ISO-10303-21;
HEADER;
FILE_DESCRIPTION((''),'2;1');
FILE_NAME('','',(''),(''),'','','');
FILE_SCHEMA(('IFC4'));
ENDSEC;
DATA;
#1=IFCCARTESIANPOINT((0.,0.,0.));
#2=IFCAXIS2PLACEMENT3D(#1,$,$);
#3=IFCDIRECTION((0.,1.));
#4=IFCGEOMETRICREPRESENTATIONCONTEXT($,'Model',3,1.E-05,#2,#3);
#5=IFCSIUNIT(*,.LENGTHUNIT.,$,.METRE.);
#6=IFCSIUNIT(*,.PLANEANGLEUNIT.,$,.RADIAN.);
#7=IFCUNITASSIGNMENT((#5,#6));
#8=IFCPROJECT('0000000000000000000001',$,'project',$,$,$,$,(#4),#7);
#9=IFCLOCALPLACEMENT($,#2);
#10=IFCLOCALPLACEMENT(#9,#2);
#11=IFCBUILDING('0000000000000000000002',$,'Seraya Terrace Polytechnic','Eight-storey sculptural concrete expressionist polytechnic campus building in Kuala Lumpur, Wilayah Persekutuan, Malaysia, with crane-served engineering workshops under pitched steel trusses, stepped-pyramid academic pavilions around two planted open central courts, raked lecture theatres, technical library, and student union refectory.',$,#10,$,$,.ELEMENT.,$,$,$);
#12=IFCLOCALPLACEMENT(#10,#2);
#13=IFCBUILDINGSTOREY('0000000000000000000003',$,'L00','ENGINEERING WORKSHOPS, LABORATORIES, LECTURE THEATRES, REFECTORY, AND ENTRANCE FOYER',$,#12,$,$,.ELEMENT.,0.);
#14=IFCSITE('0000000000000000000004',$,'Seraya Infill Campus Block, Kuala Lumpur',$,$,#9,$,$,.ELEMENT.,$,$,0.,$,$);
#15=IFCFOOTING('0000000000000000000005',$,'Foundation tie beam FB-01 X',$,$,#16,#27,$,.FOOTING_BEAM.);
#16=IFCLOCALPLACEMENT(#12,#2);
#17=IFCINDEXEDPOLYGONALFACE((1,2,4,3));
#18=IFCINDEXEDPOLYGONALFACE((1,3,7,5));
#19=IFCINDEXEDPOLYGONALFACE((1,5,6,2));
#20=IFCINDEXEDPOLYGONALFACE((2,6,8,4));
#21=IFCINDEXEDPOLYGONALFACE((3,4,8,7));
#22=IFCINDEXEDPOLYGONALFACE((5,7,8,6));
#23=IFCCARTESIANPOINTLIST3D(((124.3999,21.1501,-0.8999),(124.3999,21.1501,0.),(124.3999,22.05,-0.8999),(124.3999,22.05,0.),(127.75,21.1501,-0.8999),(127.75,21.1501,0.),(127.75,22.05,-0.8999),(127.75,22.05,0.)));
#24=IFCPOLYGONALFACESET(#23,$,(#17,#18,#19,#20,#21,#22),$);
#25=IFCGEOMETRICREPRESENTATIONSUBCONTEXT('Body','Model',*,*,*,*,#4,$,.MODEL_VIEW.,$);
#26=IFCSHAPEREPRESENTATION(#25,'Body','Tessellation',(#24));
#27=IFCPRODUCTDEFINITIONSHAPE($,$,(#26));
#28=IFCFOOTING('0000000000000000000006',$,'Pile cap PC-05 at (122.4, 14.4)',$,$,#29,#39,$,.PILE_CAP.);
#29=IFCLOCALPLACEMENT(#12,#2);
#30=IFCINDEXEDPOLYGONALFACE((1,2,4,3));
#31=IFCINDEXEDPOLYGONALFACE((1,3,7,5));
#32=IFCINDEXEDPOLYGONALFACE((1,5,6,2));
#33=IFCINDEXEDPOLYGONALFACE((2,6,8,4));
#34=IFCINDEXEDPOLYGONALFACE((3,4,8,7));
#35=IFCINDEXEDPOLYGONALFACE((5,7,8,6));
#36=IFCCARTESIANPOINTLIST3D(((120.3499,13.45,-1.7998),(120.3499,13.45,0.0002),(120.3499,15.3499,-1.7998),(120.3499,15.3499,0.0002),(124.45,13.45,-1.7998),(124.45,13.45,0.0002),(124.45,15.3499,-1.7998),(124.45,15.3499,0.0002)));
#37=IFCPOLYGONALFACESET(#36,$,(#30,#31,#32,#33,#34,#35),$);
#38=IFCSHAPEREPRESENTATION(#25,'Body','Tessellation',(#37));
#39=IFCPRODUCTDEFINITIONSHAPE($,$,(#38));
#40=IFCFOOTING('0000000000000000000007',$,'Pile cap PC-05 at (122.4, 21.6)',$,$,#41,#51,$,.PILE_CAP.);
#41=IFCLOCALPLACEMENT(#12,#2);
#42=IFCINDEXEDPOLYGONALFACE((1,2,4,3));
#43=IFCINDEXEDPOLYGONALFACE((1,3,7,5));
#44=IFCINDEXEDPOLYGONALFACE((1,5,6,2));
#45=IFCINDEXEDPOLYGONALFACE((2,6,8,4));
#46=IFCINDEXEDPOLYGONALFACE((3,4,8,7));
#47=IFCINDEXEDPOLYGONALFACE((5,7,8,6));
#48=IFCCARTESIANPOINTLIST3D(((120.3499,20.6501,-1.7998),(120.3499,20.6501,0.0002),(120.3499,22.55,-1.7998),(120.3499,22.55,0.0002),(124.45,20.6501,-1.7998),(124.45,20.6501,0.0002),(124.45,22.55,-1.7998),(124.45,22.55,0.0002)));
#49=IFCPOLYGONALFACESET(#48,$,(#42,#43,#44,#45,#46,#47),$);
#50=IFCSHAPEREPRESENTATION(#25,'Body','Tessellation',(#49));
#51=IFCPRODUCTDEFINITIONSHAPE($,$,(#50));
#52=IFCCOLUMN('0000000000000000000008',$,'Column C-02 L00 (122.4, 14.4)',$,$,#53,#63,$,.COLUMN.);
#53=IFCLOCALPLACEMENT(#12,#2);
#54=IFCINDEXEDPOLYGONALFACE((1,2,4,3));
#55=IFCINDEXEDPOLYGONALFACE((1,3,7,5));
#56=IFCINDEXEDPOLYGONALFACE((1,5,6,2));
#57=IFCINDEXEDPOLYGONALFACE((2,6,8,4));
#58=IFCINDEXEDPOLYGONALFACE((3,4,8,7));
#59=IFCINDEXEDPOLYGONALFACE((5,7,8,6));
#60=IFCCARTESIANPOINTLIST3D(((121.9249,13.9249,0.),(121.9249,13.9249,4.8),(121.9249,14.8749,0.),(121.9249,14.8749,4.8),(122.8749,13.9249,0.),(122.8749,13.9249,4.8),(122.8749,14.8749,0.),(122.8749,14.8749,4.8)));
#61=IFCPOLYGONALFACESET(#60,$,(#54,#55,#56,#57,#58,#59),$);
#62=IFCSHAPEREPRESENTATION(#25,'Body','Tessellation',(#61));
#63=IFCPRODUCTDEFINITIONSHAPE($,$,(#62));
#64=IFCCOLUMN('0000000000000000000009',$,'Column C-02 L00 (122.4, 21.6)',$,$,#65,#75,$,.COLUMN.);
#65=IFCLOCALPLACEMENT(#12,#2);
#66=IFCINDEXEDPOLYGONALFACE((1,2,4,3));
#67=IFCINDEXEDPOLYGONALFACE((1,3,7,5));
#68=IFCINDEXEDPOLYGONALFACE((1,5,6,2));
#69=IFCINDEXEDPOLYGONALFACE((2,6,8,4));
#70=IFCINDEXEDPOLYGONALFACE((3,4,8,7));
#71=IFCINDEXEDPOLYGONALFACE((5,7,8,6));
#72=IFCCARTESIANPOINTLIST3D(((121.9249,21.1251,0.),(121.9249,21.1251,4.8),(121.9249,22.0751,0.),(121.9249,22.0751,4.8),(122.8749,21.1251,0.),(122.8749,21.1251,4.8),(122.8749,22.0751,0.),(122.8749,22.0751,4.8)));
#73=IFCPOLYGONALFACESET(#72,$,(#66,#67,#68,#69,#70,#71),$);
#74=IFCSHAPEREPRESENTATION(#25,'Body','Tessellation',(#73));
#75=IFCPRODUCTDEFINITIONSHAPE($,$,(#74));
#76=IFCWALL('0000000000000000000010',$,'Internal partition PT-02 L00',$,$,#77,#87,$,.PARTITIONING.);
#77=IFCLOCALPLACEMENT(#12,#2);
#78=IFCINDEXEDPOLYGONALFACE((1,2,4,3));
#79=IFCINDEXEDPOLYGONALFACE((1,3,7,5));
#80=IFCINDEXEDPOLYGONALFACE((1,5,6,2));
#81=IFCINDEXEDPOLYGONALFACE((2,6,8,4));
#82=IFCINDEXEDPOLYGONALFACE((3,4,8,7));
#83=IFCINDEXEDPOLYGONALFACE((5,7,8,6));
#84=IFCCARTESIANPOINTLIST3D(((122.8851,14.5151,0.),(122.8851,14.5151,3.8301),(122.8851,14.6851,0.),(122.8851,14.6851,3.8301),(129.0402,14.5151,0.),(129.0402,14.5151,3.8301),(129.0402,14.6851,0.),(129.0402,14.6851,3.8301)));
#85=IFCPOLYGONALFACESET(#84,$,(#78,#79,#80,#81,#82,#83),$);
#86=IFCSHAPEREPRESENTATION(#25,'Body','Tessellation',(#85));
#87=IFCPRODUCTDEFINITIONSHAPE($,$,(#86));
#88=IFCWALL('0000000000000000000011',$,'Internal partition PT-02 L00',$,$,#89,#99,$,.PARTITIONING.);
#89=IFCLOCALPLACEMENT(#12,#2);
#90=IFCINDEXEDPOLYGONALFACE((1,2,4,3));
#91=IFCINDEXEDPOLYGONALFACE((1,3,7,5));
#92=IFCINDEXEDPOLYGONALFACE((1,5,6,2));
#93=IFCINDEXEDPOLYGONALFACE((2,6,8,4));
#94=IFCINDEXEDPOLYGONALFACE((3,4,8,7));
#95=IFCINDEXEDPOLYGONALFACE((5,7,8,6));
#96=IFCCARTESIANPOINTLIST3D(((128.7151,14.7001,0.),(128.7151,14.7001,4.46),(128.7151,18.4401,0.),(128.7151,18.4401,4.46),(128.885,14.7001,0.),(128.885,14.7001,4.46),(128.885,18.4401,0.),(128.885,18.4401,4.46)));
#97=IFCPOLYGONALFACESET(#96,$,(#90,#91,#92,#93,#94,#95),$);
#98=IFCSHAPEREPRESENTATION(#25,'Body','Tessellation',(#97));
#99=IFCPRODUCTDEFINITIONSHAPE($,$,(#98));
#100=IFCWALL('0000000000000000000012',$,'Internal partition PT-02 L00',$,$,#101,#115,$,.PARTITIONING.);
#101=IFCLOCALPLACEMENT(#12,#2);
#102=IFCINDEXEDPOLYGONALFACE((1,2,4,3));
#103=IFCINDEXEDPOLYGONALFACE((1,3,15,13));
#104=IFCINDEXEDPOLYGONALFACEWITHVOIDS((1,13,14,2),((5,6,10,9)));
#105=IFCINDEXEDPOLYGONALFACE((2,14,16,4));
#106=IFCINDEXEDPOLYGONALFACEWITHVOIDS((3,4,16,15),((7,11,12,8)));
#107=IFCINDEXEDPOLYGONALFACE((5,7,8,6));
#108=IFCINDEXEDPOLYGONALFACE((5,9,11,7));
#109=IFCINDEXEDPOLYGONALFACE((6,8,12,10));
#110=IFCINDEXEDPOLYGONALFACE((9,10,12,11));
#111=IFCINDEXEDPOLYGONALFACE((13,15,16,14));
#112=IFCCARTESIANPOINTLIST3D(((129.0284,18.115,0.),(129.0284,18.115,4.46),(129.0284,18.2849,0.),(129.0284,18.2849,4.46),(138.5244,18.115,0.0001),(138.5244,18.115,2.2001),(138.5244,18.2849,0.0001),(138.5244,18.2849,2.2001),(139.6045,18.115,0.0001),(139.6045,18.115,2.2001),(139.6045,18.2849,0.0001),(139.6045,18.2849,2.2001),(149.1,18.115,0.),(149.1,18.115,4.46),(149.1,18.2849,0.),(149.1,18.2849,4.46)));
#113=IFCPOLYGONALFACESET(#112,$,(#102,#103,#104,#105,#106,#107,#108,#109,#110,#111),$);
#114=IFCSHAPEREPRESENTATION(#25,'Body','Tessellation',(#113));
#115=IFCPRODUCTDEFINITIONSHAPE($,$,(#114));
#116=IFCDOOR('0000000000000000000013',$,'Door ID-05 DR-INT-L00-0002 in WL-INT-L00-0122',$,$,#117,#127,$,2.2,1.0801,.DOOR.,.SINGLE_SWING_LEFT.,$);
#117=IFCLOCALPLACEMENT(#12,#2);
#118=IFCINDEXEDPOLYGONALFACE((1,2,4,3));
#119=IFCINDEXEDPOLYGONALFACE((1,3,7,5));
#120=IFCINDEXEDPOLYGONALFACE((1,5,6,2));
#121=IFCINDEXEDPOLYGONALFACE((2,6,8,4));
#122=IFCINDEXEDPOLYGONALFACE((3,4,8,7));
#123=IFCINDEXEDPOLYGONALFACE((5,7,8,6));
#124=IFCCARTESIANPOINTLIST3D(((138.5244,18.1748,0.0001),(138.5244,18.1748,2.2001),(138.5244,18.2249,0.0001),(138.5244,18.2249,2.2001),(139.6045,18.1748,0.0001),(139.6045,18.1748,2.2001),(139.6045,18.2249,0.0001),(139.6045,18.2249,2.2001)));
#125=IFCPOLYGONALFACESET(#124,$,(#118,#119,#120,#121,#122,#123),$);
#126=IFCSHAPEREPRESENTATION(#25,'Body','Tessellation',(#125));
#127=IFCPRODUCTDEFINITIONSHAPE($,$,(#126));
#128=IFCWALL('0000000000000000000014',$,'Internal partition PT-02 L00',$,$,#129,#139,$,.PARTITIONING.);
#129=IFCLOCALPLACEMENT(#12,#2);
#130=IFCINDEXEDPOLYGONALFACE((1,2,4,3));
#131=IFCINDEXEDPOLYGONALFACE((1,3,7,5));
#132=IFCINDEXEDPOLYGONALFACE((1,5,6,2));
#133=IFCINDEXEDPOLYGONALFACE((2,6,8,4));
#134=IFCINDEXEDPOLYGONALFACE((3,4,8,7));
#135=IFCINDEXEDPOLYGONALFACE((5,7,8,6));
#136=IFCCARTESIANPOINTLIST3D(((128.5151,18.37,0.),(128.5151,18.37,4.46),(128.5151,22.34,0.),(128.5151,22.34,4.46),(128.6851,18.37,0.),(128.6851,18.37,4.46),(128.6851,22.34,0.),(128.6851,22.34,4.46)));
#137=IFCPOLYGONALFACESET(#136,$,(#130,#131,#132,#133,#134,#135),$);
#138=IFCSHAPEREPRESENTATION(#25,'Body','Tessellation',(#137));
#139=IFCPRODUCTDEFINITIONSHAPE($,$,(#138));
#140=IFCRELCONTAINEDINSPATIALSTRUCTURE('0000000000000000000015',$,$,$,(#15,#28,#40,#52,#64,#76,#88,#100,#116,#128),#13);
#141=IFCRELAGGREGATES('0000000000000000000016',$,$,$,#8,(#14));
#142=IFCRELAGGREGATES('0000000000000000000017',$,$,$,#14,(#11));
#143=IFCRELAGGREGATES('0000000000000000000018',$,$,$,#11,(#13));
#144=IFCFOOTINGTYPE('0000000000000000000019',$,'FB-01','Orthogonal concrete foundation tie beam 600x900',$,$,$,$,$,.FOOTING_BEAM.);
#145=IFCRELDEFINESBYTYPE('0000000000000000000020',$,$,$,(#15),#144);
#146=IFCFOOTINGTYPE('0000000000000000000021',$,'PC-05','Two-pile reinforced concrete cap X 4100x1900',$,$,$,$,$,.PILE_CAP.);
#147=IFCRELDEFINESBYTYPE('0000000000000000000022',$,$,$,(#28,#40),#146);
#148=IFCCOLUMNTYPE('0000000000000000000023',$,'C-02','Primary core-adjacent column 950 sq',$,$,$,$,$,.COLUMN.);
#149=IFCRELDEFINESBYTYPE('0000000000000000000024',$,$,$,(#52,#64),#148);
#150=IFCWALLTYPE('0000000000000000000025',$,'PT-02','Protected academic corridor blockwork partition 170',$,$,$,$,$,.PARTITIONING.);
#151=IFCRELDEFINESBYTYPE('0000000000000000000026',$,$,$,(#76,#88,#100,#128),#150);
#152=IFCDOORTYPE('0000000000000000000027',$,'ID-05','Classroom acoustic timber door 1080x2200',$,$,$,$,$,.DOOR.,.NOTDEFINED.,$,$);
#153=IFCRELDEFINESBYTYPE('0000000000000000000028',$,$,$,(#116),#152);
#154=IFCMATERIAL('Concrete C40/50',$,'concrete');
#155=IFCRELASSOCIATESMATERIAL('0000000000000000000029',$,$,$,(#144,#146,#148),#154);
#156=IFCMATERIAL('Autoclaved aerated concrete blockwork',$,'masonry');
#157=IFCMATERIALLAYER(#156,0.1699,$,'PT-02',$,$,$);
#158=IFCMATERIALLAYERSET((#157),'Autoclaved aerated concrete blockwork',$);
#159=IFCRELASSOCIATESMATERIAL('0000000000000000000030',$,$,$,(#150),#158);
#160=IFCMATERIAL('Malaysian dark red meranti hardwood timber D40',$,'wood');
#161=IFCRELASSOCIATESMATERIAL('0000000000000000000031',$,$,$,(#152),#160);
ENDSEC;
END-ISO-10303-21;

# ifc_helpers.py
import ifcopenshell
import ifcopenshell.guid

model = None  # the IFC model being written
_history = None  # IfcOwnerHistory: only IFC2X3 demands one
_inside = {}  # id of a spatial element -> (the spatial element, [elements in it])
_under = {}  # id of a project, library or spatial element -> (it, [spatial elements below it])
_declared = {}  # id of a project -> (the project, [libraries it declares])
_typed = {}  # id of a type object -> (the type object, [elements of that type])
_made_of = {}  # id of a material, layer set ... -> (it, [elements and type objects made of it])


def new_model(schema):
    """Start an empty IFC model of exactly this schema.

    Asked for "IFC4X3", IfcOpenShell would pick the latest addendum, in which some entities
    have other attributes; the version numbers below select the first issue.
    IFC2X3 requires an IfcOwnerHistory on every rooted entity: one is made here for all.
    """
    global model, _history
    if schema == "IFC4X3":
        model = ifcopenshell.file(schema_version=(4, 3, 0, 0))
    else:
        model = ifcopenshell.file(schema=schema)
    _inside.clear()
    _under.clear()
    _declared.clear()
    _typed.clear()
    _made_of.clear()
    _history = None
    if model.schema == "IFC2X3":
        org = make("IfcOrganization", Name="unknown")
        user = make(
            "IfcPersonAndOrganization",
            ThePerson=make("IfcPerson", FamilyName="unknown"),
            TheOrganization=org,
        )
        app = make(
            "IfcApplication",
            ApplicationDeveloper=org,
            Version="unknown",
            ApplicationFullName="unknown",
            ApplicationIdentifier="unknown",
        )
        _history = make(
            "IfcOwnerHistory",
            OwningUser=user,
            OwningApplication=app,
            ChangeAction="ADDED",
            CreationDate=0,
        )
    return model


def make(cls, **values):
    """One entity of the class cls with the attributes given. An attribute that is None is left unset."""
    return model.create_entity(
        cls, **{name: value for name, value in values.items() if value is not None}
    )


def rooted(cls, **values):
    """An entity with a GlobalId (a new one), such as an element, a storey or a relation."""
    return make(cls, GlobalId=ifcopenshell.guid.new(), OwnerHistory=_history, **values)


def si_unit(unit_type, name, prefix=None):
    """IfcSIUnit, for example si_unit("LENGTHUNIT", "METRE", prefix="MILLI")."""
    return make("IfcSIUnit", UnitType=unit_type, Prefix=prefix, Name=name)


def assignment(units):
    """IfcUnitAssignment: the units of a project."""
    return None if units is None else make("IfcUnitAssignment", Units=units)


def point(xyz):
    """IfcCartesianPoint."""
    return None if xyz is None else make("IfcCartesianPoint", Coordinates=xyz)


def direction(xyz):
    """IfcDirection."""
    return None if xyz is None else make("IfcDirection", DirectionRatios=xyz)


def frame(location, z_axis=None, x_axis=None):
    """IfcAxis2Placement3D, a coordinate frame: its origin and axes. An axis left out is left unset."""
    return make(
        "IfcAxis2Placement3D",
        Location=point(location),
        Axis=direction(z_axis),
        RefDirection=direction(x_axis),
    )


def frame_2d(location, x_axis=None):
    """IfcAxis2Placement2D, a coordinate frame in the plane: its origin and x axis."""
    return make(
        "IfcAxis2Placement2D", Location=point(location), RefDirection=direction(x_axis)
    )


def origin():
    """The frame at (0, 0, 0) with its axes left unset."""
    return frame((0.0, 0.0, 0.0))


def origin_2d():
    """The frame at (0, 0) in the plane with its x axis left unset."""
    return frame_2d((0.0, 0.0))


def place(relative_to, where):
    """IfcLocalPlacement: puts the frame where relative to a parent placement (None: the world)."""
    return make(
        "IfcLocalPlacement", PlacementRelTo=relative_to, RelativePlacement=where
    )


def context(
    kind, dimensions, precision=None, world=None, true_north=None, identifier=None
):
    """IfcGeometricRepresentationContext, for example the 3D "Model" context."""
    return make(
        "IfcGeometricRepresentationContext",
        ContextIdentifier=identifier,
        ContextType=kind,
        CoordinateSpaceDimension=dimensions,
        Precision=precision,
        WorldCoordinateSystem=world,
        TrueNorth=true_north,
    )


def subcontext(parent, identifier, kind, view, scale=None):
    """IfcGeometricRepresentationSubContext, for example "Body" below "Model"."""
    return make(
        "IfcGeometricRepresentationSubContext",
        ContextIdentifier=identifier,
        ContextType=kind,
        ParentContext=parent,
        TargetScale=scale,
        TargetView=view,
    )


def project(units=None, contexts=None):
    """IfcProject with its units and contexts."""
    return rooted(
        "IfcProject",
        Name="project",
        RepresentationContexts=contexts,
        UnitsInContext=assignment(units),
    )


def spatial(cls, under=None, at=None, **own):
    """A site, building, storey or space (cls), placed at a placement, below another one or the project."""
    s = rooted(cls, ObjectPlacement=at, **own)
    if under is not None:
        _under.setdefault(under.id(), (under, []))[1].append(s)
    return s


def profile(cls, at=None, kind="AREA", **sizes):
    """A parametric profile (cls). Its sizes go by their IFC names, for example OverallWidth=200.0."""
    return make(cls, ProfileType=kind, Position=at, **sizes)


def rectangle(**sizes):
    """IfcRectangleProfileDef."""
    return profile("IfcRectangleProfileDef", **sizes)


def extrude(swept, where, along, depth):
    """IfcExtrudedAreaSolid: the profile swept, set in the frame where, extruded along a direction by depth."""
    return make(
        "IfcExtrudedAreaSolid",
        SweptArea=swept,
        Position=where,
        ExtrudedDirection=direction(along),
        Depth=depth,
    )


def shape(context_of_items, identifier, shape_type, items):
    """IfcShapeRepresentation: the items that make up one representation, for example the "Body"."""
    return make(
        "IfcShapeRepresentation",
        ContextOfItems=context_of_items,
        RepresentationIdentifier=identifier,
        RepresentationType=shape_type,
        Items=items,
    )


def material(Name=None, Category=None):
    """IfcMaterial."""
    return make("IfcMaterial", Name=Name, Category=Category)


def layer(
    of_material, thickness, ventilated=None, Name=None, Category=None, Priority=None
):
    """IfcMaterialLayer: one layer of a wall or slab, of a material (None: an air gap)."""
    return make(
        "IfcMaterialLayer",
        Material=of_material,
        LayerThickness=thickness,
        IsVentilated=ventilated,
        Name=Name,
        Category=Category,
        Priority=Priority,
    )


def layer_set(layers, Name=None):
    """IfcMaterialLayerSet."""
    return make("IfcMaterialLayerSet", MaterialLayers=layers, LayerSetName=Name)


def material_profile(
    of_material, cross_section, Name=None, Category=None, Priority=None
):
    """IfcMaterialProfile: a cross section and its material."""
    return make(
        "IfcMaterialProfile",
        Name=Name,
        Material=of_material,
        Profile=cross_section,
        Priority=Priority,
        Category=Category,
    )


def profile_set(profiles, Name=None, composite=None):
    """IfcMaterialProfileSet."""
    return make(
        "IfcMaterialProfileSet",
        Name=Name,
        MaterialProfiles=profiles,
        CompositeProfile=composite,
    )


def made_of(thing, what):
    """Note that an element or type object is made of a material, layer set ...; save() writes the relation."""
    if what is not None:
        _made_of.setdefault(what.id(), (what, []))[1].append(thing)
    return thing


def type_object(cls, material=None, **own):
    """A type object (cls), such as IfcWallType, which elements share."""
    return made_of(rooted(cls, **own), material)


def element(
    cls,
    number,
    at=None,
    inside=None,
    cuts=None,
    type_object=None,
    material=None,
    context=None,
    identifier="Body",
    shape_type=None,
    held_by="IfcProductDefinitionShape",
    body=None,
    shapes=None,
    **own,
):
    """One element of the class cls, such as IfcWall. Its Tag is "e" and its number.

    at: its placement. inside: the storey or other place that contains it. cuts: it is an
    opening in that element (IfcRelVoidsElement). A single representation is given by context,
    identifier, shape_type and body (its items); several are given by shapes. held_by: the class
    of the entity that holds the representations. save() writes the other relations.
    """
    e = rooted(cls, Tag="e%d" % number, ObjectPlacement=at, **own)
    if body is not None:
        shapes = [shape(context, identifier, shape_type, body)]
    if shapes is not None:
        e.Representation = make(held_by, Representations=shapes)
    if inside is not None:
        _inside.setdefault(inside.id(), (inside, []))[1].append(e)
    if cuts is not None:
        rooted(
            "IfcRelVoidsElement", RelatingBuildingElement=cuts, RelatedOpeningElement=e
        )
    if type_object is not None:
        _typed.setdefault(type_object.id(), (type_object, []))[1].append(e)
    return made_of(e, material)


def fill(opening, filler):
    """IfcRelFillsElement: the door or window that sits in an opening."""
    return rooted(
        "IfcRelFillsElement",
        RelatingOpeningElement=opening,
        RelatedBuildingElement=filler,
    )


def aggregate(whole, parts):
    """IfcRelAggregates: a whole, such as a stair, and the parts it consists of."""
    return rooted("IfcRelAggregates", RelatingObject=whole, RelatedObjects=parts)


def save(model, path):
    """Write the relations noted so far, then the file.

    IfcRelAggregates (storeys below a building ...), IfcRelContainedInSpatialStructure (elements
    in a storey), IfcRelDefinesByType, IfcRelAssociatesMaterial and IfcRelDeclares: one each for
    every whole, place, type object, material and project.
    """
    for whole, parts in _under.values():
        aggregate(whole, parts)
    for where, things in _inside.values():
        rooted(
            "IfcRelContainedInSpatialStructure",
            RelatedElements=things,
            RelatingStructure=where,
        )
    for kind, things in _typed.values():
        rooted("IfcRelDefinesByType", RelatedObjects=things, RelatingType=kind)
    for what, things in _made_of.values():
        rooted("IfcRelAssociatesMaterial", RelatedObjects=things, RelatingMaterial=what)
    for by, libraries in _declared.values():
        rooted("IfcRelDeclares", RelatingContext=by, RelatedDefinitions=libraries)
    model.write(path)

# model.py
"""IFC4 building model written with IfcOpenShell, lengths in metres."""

from ifc_helpers import new_model, si_unit, direction, frame, frame_2d, origin, origin_2d, place, context, subcontext, project, spatial, rectangle, extrude, material, layer, layer_set, material_profile, profile_set, type_object, element, fill, save


model = new_model("IFC4")

# Units and contexts
model_context = context("Model", 3, precision=1e-05, world=origin(), true_north=direction((0.0, 1.0)))
body_context = subcontext(model_context, "Body", "Model", "MODEL_VIEW")
ifc_project = project(units=[si_unit("LENGTHUNIT", "METRE"), si_unit("PLANEANGLEUNIT", "RADIAN")], contexts=[model_context])

# Site, building, storey
site_placement = place(None, origin())
site = spatial("IfcSite", under=ifc_project, at=site_placement, Name="Seraya Infill Campus Block, Kuala Lumpur", CompositionType="ELEMENT", RefElevation=0.0)
building_placement = place(site_placement, origin())
building = spatial("IfcBuilding", under=site, at=building_placement, Name="Seraya Terrace Polytechnic", Description="Eight-storey sculptural concrete expressionist polytechnic campus building in Kuala Lumpur, Wilayah Persekutuan, Malaysia, with crane-served engineering workshops under pitched steel trusses, stepped-pyramid academic pavilions around two planted open central courts, raked lecture theatres, technical library, and student union refectory.", CompositionType="ELEMENT")
storey_placement = place(building_placement, origin())
storey = spatial("IfcBuildingStorey", under=building, at=storey_placement, Name="L00", Description="ENGINEERING WORKSHOPS, LABORATORIES, LECTURE THEATRES, REFECTORY, AND ENTRANCE FOYER", CompositionType="ELEMENT", Elevation=0.0)

# Shared definitions
ifc_material_1 = material(Name="Concrete C40/50", Category="concrete")

# Footings
footing_type_1 = type_object("IfcFootingType", Name="FB-01", Description="Orthogonal concrete foundation tie beam 600x900", PredefinedType="FOOTING_BEAM", material=ifc_material_1)
footing_1_placement = place(storey_placement, frame((126.075, 21.6001, -0.8999), z_axis=(0.0, 0.0, 1.0), x_axis=(1.0, 0.0, 0.0)))
element("IfcFooting", 1, at=footing_1_placement, inside=storey, type_object=footing_type_1, Name="Foundation tie beam FB-01 X", PredefinedType="FOOTING_BEAM", context=body_context, shape_type="SweptSolid", body=[
    extrude(rectangle(XDim=3.3501, YDim=0.8999, at=origin_2d()), origin(), (0.0, 0.0, 1.0), 0.8999),
])
footing_type_2 = type_object("IfcFootingType", Name="PC-05", Description="Two-pile reinforced concrete cap X 4100x1900", PredefinedType="PILE_CAP", material=ifc_material_1)
for number, where, z_axis, x_axis, name in (
    (2, (122.3999, 14.3999, -1.7998), (0.0, 0.0, 1.0), (1.0, 0.0, 0.0), "Pile cap PC-05 at (122.4, 14.4)"),
    (3, (122.3999, 21.6001, -1.7998), (0.0, 0.0, 1.0), (1.0, 0.0, 0.0), "Pile cap PC-05 at (122.4, 21.6)"),
):
    element("IfcFooting", number, at=place(storey_placement, frame(where, z_axis=z_axis, x_axis=x_axis)), inside=storey, type_object=footing_type_2, Name=name, PredefinedType="PILE_CAP", context=body_context, shape_type="SweptSolid", body=[
        extrude(rectangle(XDim=4.1001, YDim=1.8999, at=origin_2d()), origin(), (0.0, 0.0, 1.0), 1.8),
    ])

# Columns
ifc_material_profile_1 = material_profile(ifc_material_1, rectangle(XDim=0.95, YDim=0.95, at=origin_2d()), Name="RC 950x950")
ifc_profile_set_1 = profile_set([ifc_material_profile_1], Name="Concrete C40/50")
column_type = type_object("IfcColumnType", Name="C-02", Description="Primary core-adjacent column 950 sq", PredefinedType="COLUMN", material=ifc_profile_set_1)
for number, where, z_axis, x_axis, name in (
    (4, (122.3999, 14.3999, 0.0), (0.0, 0.0, 1.0), (1.0, 0.0, 0.0), "Column C-02 L00 (122.4, 14.4)"),
    (5, (122.3999, 21.6001, 0.0), (0.0, 0.0, 1.0), (1.0, 0.0, 0.0), "Column C-02 L00 (122.4, 21.6)"),
):
    element("IfcColumn", number, at=place(storey_placement, frame(where, z_axis=z_axis, x_axis=x_axis)), inside=storey, type_object=column_type, Name=name, PredefinedType="COLUMN", context=body_context, shape_type="SweptSolid", body=[
        extrude(rectangle(XDim=0.95, YDim=0.95, at=origin_2d()), origin(), (0.0, 0.0, 1.0), 4.8),
    ])

# Walls
ifc_material_2 = material(Name="Autoclaved aerated concrete blockwork", Category="masonry")
ifc_layer = layer(ifc_material_2, 0.1699, Name="PT-02")
ifc_layer_set = layer_set([ifc_layer], Name="Autoclaved aerated concrete blockwork")
wall_type = type_object("IfcWallType", Name="PT-02", Description="Protected academic corridor blockwork partition 170", PredefinedType="PARTITIONING", material=ifc_layer_set)
wall_1_placement = place(storey_placement, frame((122.885, 14.6001, 0.0), z_axis=(0.0, 0.0, 1.0), x_axis=(1.0, 0.0, 0.0)))
element("IfcWall", 6, at=wall_1_placement, inside=storey, type_object=wall_type, Name="Internal partition PT-02 L00", PredefinedType="PARTITIONING", context=body_context, shape_type="SweptSolid", body=[
    extrude(rectangle(XDim=6.155, YDim=0.1699, at=frame_2d((3.0776, 0.0))), origin(), (0.0, 0.0, 1.0), 3.8301),
])
wall_2_placement = place(storey_placement, frame((128.8, 14.7, 0.0), z_axis=(0.0, 0.0, 1.0), x_axis=(0.0, 1.0, 0.0)))
element("IfcWall", 7, at=wall_2_placement, inside=storey, type_object=wall_type, Name="Internal partition PT-02 L00", PredefinedType="PARTITIONING", context=body_context, shape_type="SweptSolid", body=[
    extrude(rectangle(XDim=3.74, YDim=0.1699, at=frame_2d((1.8701, 0.0))), origin(), (0.0, 0.0, 1.0), 4.46),
])

# Wall, opening, door
wall_3_placement = place(storey_placement, frame((129.0286, 18.2, 0.0), z_axis=(0.0, 0.0, 1.0), x_axis=(1.0, 0.0, 0.0)))
wall_3 = element("IfcWall", 8, at=wall_3_placement, inside=storey, type_object=wall_type, Name="Internal partition PT-02 L00", PredefinedType="PARTITIONING", context=body_context, shape_type="SweptSolid", body=[
    extrude(rectangle(XDim=20.0715, YDim=0.1699, at=frame_2d((10.0356, 0.0))), origin(), (0.0, 0.0, 1.0), 4.46),
])
opening_placement = place(wall_3_placement, frame((9.4958, 0.0, 0.0)))
opening = element("IfcOpeningElement", 9, at=opening_placement, cuts=wall_3, PredefinedType="OPENING", context=body_context, shape_type="SweptSolid", body=[
    extrude(rectangle(XDim=1.0801, YDim=2.2, at=frame_2d((0.54, 1.1001))), frame((0.0, 0.0969, 0.0), z_axis=(0.0, -1.0, 0.0), x_axis=(1.0, 0.0, 0.0)), (0.0, 0.0, 1.0), 0.1938),
])
ifc_material_3 = material(Name="Malaysian dark red meranti hardwood timber D40", Category="wood")
door_type = type_object("IfcDoorType", Name="ID-05", Description="Classroom acoustic timber door 1080x2200", OperationType="NOTDEFINED", PredefinedType="DOOR", material=ifc_material_3)
door_placement = place(opening_placement, origin())
door = element("IfcDoor", 10, at=door_placement, inside=storey, type_object=door_type, Name="Door ID-05 DR-INT-L00-0002 in WL-INT-L00-0122", OperationType="SINGLE_SWING_LEFT", OverallHeight=2.2, OverallWidth=1.0801, PredefinedType="DOOR", context=body_context, shape_type="SweptSolid", body=[
    extrude(rectangle(XDim=1.0801, YDim=2.2, at=frame_2d((0.54, 1.1001))), frame((0.0, 0.0249, 0.0), z_axis=(0.0, -1.0, 0.0), x_axis=(1.0, 0.0, 0.0)), (0.0, 0.0, 1.0), 0.05),
])
fill(opening, door)

# Wall
wall_4_placement = place(storey_placement, frame((128.6001, 18.3701, 0.0), z_axis=(0.0, 0.0, 1.0), x_axis=(0.0, 1.0, 0.0)))
element("IfcWall", 11, at=wall_4_placement, inside=storey, type_object=wall_type, Name="Internal partition PT-02 L00", PredefinedType="PARTITIONING", context=body_context, shape_type="SweptSolid", body=[
    extrude(rectangle(XDim=3.97, YDim=0.1699, at=frame_2d((1.9849, 0.0))), origin(), (0.0, 0.0, 1.0), 4.46),
])

save(model, "model.ifc")
